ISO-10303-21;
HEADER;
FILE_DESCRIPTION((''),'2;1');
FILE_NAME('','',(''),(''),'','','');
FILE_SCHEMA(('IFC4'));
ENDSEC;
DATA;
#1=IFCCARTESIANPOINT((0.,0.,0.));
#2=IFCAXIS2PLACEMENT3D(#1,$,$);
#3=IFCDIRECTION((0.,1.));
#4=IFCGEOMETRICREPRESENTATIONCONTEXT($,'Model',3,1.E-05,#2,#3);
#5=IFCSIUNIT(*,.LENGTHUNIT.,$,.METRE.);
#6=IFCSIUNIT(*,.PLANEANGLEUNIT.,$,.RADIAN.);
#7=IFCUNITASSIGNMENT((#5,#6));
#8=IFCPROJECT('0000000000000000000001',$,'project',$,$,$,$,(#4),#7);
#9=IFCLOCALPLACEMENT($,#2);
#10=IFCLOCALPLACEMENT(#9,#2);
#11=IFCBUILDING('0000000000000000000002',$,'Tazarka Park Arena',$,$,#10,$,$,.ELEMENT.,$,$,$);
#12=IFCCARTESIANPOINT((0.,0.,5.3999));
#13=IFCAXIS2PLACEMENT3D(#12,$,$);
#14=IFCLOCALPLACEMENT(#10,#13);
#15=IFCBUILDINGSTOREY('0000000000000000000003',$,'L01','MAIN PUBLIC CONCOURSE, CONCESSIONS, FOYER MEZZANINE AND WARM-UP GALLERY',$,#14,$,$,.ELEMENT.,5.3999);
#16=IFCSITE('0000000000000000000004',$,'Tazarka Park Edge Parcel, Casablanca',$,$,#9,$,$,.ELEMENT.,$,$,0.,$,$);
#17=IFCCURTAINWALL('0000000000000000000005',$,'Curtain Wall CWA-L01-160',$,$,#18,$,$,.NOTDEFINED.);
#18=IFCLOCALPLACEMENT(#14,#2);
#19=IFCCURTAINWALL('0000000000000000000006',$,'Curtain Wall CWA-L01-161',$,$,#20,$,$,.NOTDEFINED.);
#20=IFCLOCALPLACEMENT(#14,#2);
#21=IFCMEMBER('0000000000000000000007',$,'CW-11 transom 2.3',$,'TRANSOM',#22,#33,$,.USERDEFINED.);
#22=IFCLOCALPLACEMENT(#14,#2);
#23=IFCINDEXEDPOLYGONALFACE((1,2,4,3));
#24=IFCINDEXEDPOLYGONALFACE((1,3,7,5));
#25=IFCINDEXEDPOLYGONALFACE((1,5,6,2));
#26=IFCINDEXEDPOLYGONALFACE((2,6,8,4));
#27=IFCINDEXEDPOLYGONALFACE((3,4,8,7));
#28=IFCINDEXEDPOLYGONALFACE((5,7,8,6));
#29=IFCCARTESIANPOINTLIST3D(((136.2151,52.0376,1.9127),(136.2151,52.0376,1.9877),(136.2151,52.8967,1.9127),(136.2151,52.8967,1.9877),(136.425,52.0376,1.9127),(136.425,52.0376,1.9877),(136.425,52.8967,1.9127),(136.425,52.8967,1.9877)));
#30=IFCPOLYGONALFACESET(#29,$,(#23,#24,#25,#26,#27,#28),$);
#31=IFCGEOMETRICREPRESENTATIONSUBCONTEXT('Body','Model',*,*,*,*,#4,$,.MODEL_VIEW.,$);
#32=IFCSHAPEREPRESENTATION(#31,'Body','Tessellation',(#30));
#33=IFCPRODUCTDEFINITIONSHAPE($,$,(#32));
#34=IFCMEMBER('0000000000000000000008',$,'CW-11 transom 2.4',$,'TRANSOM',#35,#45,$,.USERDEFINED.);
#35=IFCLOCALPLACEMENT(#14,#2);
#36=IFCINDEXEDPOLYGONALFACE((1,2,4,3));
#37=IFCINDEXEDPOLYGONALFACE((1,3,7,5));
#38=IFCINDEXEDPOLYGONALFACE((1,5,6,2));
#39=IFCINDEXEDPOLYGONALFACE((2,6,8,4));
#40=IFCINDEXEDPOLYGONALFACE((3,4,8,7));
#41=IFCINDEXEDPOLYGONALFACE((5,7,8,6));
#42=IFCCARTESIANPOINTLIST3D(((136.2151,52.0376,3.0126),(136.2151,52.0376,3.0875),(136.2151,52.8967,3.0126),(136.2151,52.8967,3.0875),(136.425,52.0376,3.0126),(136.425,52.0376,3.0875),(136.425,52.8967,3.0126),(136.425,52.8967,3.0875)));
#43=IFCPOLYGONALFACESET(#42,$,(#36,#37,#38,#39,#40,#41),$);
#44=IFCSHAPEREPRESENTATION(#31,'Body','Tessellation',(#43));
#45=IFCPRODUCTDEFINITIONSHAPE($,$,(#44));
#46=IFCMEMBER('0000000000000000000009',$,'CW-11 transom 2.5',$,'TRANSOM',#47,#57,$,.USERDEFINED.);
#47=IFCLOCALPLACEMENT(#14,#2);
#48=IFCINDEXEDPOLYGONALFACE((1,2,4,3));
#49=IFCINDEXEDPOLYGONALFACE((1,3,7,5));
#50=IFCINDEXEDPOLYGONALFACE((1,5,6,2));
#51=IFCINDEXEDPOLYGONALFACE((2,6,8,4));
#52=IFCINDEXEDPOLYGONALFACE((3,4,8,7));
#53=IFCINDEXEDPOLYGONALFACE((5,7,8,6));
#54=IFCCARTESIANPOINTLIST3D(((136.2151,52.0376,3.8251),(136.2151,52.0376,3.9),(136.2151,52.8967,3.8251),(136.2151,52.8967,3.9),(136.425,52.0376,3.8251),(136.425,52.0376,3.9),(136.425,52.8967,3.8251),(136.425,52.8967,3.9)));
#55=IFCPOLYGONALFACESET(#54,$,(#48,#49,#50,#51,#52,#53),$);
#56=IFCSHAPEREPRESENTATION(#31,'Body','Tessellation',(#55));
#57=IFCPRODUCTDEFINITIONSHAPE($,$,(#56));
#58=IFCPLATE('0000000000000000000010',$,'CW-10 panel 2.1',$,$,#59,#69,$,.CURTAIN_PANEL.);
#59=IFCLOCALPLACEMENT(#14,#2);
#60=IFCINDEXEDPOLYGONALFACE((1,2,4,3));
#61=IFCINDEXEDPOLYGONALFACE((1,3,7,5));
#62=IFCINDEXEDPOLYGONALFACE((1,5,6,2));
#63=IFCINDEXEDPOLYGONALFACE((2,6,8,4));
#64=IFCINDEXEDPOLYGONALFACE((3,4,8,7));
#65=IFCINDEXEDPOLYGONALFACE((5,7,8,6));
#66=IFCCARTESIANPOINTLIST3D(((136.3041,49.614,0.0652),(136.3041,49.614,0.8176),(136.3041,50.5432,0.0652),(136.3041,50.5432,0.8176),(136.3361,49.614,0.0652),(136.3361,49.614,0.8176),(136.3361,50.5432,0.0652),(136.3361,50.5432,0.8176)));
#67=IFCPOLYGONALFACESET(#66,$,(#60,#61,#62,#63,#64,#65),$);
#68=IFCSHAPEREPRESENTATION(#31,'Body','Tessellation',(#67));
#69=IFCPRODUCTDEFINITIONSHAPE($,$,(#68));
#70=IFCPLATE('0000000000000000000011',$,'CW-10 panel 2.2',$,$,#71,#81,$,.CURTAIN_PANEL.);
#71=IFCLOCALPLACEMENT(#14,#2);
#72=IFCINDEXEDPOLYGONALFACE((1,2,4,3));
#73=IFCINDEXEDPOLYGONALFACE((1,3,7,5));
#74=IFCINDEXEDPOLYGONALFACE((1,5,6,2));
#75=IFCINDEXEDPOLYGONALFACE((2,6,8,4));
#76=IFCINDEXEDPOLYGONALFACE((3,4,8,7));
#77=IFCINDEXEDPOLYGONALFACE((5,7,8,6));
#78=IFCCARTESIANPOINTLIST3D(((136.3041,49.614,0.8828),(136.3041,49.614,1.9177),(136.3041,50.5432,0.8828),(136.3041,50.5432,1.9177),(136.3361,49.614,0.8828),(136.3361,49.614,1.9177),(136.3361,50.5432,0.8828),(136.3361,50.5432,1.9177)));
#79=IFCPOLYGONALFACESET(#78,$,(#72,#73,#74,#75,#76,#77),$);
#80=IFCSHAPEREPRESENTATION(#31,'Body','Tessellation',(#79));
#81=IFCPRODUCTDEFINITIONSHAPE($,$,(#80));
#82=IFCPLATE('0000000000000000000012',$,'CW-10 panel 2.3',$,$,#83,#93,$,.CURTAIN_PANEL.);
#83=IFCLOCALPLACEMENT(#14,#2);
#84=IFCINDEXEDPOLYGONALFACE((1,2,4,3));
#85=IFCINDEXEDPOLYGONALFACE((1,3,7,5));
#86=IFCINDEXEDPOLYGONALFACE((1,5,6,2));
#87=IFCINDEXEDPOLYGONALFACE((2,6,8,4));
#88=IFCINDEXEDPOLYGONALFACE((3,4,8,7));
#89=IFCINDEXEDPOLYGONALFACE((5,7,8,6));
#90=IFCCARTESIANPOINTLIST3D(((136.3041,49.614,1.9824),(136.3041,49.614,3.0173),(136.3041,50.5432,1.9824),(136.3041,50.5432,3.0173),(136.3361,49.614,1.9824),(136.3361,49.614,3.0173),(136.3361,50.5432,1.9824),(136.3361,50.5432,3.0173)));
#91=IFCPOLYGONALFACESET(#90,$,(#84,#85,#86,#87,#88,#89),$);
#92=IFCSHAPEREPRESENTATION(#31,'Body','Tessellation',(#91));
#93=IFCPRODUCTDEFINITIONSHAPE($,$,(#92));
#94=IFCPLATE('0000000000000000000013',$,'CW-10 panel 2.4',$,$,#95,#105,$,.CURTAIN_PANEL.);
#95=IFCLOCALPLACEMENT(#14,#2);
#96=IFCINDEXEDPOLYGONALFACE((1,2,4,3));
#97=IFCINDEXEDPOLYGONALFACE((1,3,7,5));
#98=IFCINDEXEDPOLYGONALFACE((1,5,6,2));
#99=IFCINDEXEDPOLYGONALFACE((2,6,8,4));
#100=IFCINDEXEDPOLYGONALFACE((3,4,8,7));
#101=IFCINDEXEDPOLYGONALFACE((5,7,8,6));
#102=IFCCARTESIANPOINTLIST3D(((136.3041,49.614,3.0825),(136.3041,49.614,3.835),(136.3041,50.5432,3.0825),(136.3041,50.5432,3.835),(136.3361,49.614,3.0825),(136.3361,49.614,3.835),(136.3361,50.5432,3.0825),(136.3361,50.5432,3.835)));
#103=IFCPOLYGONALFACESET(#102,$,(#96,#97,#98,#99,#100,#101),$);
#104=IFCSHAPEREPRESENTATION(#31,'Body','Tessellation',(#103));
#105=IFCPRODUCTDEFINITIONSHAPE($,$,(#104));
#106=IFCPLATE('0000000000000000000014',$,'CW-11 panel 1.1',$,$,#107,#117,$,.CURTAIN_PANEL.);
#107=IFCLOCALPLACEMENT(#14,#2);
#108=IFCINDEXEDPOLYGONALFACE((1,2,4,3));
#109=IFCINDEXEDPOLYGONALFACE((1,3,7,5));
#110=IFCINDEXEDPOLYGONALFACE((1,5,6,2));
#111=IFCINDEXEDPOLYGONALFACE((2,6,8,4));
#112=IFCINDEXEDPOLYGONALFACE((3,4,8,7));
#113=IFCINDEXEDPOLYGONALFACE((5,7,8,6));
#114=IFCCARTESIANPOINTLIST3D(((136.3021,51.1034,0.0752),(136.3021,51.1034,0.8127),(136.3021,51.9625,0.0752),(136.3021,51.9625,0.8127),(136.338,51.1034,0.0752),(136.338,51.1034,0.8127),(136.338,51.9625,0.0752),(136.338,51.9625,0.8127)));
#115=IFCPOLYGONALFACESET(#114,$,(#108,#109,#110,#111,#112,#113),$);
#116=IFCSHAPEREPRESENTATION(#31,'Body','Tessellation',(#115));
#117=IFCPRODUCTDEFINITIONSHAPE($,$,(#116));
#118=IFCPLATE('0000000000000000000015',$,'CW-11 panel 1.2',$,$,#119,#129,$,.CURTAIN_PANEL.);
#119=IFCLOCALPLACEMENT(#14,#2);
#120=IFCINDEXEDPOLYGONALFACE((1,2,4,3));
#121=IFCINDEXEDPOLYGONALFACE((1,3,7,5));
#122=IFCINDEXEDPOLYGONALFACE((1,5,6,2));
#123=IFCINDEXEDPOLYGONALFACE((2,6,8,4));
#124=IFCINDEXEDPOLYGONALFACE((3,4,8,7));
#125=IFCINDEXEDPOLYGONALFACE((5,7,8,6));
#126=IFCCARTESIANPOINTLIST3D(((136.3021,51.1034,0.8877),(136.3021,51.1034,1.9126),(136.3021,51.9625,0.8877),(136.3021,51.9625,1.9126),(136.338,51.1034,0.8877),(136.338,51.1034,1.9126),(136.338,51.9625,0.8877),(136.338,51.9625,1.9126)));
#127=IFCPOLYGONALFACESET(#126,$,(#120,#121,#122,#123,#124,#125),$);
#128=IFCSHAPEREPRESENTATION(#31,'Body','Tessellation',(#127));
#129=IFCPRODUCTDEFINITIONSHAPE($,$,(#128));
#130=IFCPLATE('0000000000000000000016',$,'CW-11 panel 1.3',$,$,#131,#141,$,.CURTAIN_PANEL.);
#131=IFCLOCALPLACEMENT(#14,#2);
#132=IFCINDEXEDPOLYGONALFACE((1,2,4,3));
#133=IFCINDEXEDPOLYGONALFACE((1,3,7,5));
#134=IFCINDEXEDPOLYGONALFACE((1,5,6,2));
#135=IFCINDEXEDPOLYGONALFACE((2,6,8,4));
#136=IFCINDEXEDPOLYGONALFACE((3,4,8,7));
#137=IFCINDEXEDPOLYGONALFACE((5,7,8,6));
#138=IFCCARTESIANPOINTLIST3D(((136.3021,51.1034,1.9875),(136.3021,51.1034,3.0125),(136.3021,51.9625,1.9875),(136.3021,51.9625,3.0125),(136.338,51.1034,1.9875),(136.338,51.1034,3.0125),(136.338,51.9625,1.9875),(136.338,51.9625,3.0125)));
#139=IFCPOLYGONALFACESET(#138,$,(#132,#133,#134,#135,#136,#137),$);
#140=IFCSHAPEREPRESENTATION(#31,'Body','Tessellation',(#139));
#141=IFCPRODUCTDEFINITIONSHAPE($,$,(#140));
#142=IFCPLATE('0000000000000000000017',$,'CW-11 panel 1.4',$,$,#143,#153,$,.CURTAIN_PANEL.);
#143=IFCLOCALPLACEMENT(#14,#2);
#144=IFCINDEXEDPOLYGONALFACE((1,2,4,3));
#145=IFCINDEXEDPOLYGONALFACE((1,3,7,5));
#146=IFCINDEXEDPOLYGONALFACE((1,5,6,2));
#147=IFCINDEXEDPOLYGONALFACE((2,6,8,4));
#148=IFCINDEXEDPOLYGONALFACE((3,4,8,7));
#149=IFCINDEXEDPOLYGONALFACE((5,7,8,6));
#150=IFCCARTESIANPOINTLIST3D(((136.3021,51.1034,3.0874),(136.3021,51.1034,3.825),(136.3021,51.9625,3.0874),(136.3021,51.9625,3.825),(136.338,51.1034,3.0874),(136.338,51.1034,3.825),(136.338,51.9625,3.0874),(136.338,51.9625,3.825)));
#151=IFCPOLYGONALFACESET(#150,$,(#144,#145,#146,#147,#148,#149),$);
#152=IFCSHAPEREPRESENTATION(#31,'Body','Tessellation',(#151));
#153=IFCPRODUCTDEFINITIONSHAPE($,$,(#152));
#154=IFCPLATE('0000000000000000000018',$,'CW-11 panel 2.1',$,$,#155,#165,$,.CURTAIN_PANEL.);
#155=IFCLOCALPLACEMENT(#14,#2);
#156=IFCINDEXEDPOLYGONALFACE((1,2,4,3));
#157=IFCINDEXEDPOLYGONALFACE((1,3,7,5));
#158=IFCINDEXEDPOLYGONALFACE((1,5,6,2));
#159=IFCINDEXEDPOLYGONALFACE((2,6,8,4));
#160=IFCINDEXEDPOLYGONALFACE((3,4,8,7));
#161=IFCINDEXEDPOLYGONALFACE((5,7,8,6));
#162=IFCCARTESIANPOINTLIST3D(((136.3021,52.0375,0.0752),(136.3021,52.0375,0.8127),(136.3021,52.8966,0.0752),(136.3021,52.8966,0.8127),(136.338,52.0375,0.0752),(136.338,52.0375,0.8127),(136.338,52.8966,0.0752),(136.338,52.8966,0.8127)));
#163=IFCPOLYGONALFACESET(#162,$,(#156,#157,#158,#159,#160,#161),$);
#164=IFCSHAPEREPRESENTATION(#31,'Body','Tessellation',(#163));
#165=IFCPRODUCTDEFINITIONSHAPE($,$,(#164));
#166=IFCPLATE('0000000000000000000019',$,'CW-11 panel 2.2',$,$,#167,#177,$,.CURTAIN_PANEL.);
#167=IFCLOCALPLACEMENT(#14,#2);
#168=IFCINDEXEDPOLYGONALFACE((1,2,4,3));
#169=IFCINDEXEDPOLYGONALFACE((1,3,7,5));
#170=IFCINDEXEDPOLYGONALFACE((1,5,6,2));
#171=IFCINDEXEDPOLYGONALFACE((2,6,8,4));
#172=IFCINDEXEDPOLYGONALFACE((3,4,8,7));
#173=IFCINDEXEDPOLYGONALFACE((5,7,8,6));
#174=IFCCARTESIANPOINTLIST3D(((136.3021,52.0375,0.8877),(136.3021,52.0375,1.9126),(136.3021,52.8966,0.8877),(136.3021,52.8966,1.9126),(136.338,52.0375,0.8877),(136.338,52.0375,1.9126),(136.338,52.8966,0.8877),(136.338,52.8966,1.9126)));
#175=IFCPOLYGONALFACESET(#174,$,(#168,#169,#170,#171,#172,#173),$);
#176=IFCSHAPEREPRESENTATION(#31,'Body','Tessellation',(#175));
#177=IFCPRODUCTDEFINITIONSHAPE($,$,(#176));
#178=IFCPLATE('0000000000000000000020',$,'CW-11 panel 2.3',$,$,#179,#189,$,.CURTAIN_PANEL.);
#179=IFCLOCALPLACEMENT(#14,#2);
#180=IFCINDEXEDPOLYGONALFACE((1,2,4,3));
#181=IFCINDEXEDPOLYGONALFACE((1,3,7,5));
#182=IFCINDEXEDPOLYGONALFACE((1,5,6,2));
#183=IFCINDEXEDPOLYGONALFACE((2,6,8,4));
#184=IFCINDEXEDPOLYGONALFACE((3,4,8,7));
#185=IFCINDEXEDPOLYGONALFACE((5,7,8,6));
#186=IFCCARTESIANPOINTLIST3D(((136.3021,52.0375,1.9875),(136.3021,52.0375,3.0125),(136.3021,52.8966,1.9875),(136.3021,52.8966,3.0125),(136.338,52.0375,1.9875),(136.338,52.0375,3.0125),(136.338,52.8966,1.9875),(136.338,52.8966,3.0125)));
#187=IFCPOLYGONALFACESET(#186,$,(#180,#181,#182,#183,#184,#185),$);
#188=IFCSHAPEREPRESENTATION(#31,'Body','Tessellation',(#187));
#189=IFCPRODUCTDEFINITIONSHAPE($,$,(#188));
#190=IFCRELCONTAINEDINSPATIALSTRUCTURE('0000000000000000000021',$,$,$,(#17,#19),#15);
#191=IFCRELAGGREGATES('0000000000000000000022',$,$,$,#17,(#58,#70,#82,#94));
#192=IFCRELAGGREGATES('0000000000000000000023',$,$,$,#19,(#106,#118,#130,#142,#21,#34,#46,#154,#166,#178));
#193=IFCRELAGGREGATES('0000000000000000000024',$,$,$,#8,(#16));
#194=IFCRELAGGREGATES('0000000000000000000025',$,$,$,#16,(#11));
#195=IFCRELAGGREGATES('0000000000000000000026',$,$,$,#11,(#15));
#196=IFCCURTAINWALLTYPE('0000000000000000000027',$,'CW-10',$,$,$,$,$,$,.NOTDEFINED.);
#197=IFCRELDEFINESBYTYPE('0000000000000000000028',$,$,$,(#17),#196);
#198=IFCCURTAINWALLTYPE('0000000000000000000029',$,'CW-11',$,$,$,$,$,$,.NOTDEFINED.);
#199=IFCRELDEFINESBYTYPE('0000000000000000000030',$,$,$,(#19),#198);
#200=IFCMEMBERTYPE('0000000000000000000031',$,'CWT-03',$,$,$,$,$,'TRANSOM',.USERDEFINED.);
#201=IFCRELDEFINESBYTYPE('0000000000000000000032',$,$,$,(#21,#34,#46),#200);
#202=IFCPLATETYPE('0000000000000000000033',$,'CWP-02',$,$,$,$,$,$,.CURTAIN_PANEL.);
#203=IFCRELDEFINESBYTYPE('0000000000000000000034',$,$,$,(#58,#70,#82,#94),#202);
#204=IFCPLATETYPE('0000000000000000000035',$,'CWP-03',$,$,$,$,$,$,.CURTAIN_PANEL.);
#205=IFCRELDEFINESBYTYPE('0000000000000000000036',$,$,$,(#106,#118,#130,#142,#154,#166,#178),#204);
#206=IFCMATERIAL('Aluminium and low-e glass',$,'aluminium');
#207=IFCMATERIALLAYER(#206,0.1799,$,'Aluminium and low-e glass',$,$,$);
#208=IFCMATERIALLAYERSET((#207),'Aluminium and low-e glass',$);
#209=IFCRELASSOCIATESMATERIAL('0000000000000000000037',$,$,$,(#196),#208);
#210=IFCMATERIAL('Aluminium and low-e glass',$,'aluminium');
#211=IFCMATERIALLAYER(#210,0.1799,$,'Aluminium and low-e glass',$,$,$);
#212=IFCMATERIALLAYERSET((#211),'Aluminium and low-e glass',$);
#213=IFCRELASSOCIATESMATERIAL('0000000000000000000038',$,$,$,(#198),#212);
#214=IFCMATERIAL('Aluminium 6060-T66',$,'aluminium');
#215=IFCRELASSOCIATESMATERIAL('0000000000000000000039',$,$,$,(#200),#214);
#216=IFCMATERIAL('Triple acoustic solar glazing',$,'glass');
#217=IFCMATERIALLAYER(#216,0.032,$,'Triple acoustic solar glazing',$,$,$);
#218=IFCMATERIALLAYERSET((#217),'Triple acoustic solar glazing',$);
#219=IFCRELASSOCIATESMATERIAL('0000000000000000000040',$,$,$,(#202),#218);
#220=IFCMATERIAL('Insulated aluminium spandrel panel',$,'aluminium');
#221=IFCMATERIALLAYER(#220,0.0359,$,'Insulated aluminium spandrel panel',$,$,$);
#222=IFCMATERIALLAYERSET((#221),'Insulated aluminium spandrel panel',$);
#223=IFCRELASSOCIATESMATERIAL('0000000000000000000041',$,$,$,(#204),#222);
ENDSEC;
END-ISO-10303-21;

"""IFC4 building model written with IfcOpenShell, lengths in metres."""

from ifc_helpers import new_model, si_unit, direction, frame, origin, origin_2d, place, context, subcontext, project, spatial, rectangle, extrude, material, layer, layer_set, material_profile, profile_set, type_object, element, aggregate, save


model = new_model("IFC4")

# Units and contexts
model_context = context("Model", 3, precision=1e-05, world=origin(), true_north=direction((0.0, 1.0)))
body_context = subcontext(model_context, "Body", "Model", "MODEL_VIEW")
ifc_project = project(units=[si_unit("LENGTHUNIT", "METRE"), si_unit("PLANEANGLEUNIT", "RADIAN")], contexts=[model_context])

# Site, building, storey
site_placement = place(None, origin())
site = spatial("IfcSite", under=ifc_project, at=site_placement, Name="Tazarka Park Edge Parcel, Casablanca", CompositionType="ELEMENT", RefElevation=0.0)
building_placement = place(site_placement, origin())
building = spatial("IfcBuilding", under=site, at=building_placement, Name="Tazarka Park Arena", CompositionType="ELEMENT")
storey_placement = place(building_placement, frame((0.0, 0.0, 5.3999)))
storey = spatial("IfcBuildingStorey", under=building, at=storey_placement, Name="L01", Description="MAIN PUBLIC CONCOURSE, CONCESSIONS, FOYER MEZZANINE AND WARM-UP GALLERY", CompositionType="ELEMENT", Elevation=5.3999)

# Curtain wall
ifc_material_1 = material(Name="Aluminium and low-e glass", Category="aluminium")
ifc_layer_1 = layer(ifc_material_1, 0.1799, Name="Aluminium and low-e glass")
ifc_layer_set_1 = layer_set([ifc_layer_1], Name="Aluminium and low-e glass")
curtain_wall_type_1 = type_object("IfcCurtainWallType", Name="CW-10", PredefinedType="NOTDEFINED", material=ifc_layer_set_1)
curtain_wall_1_placement = place(storey_placement, origin())
curtain_wall_1 = element("IfcCurtainWall", 1, at=curtain_wall_1_placement, inside=storey, type_object=curtain_wall_type_1, Name="Curtain Wall CWA-L01-160", PredefinedType="NOTDEFINED")

# Curtain wall, members
ifc_material_2 = material(Name="Aluminium and low-e glass", Category="aluminium")
ifc_layer_2 = layer(ifc_material_2, 0.1799, Name="Aluminium and low-e glass")
ifc_layer_set_2 = layer_set([ifc_layer_2], Name="Aluminium and low-e glass")
curtain_wall_type_2 = type_object("IfcCurtainWallType", Name="CW-11", PredefinedType="NOTDEFINED", material=ifc_layer_set_2)
curtain_wall_2_placement = place(storey_placement, origin())
curtain_wall_2 = element("IfcCurtainWall", 2, at=curtain_wall_2_placement, inside=storey, type_object=curtain_wall_type_2, Name="Curtain Wall CWA-L01-161", PredefinedType="NOTDEFINED")
ifc_material_3 = material(Name="Aluminium 6060-T66", Category="aluminium")
ifc_material_profile_1 = material_profile(ifc_material_3, rectangle(XDim=0.21, YDim=0.075, at=origin_2d()), Name="Aluminium 6060-T66")
ifc_profile_set_1 = profile_set([ifc_material_profile_1], Name="Aluminium 6060-T66")
member_type_1 = type_object("IfcMemberType", Name="CWT-03", ElementType="TRANSOM", PredefinedType="USERDEFINED", material=ifc_profile_set_1)
member_1_placement = place(storey_placement, frame((136.3201, 52.0376, 1.9502), z_axis=(0.0, 1.0, 0.0), x_axis=(-1.0, 0.0, 0.0)))
member_1 = element("IfcMember", 3, at=member_1_placement, type_object=member_type_1, Name="CW-11 transom 2.3", ObjectType="TRANSOM", PredefinedType="USERDEFINED", context=body_context, shape_type="SweptSolid", body=[
    extrude(rectangle(XDim=0.21, YDim=0.075, at=origin_2d()), origin(), (0.0, 0.0, 1.0), 0.8591),
])
member_2_placement = place(storey_placement, frame((136.3201, 52.0376, 3.05), z_axis=(0.0, 1.0, 0.0), x_axis=(-1.0, 0.0, 0.0)))
member_2 = element("IfcMember", 4, at=member_2_placement, type_object=member_type_1, Name="CW-11 transom 2.4", ObjectType="TRANSOM", PredefinedType="USERDEFINED", context=body_context, shape_type="SweptSolid", body=[
    extrude(rectangle(XDim=0.21, YDim=0.075, at=origin_2d()), origin(), (0.0, 0.0, 1.0), 0.8591),
])
member_3_placement = place(storey_placement, frame((136.3201, 52.0376, 3.8625), z_axis=(0.0, 1.0, 0.0), x_axis=(-1.0, 0.0, 0.0)))
member_3 = element("IfcMember", 5, at=member_3_placement, type_object=member_type_1, Name="CW-11 transom 2.5", ObjectType="TRANSOM", PredefinedType="USERDEFINED", context=body_context, shape_type="SweptSolid", body=[
    extrude(rectangle(XDim=0.21, YDim=0.075, at=origin_2d()), origin(), (0.0, 0.0, 1.0), 0.8591),
])

# Plates
ifc_material_4 = material(Name="Triple acoustic solar glazing", Category="glass")
ifc_layer_3 = layer(ifc_material_4, 0.032, Name="Triple acoustic solar glazing")
ifc_layer_set_3 = layer_set([ifc_layer_3], Name="Triple acoustic solar glazing")
plate_type_1 = type_object("IfcPlateType", Name="CWP-02", PredefinedType="CURTAIN_PANEL", material=ifc_layer_set_3)
plate_1_placement = place(storey_placement, frame((136.3201, 50.0786, 0.0652), z_axis=(0.0, 0.0, 1.0), x_axis=(0.0, 1.0, 0.0)))
plate_1 = element("IfcPlate", 6, at=plate_1_placement, type_object=plate_type_1, Name="CW-10 panel 2.1", PredefinedType="CURTAIN_PANEL", context=body_context, shape_type="SweptSolid", body=[
    extrude(rectangle(XDim=0.9292, YDim=0.032, at=origin_2d()), origin(), (0.0, 0.0, 1.0), 0.7524),
])
plate_2_placement = place(storey_placement, frame((136.3201, 50.0786, 0.8828), z_axis=(0.0, 0.0, 1.0), x_axis=(0.0, 1.0, 0.0)))
plate_2 = element("IfcPlate", 7, at=plate_2_placement, type_object=plate_type_1, Name="CW-10 panel 2.2", PredefinedType="CURTAIN_PANEL", context=body_context, shape_type="SweptSolid", body=[
    extrude(rectangle(XDim=0.9292, YDim=0.032, at=origin_2d()), origin(), (0.0, 0.0, 1.0), 1.0349),
])
plate_3_placement = place(storey_placement, frame((136.3201, 50.0786, 1.9824), z_axis=(0.0, 0.0, 1.0), x_axis=(0.0, 1.0, 0.0)))
plate_3 = element("IfcPlate", 8, at=plate_3_placement, type_object=plate_type_1, Name="CW-10 panel 2.3", PredefinedType="CURTAIN_PANEL", context=body_context, shape_type="SweptSolid", body=[
    extrude(rectangle(XDim=0.9292, YDim=0.032, at=origin_2d()), origin(), (0.0, 0.0, 1.0), 1.0349),
])
plate_4_placement = place(storey_placement, frame((136.3201, 50.0786, 3.0825), z_axis=(0.0, 0.0, 1.0), x_axis=(0.0, 1.0, 0.0)))
plate_4 = element("IfcPlate", 9, at=plate_4_placement, type_object=plate_type_1, Name="CW-10 panel 2.4", PredefinedType="CURTAIN_PANEL", context=body_context, shape_type="SweptSolid", body=[
    extrude(rectangle(XDim=0.9292, YDim=0.032, at=origin_2d()), origin(), (0.0, 0.0, 1.0), 0.7524),
])
aggregate(curtain_wall_1, [plate_1, plate_2, plate_3, plate_4])
ifc_material_5 = material(Name="Insulated aluminium spandrel panel", Category="aluminium")
ifc_layer_4 = layer(ifc_material_5, 0.0359, Name="Insulated aluminium spandrel panel")
ifc_layer_set_4 = layer_set([ifc_layer_4], Name="Insulated aluminium spandrel panel")
plate_type_2 = type_object("IfcPlateType", Name="CWP-03", PredefinedType="CURTAIN_PANEL", material=ifc_layer_set_4)
plate_5_placement = place(storey_placement, frame((136.3201, 51.533, 0.0752), z_axis=(0.0, 0.0, 1.0), x_axis=(0.0, 1.0, 0.0)))
plate_5 = element("IfcPlate", 10, at=plate_5_placement, type_object=plate_type_2, Name="CW-11 panel 1.1", PredefinedType="CURTAIN_PANEL", context=body_context, shape_type="SweptSolid", body=[
    extrude(rectangle(XDim=0.8591, YDim=0.0359, at=origin_2d()), origin(), (0.0, 0.0, 1.0), 0.7375),
])
plate_6_placement = place(storey_placement, frame((136.3201, 51.533, 0.8877), z_axis=(0.0, 0.0, 1.0), x_axis=(0.0, 1.0, 0.0)))
plate_6 = element("IfcPlate", 11, at=plate_6_placement, type_object=plate_type_2, Name="CW-11 panel 1.2", PredefinedType="CURTAIN_PANEL", context=body_context, shape_type="SweptSolid", body=[
    extrude(rectangle(XDim=0.8591, YDim=0.0359, at=origin_2d()), origin(), (0.0, 0.0, 1.0), 1.0249),
])
plate_7_placement = place(storey_placement, frame((136.3201, 51.533, 1.9875), z_axis=(0.0, 0.0, 1.0), x_axis=(0.0, 1.0, 0.0)))
plate_7 = element("IfcPlate", 12, at=plate_7_placement, type_object=plate_type_2, Name="CW-11 panel 1.3", PredefinedType="CURTAIN_PANEL", context=body_context, shape_type="SweptSolid", body=[
    extrude(rectangle(XDim=0.8591, YDim=0.0359, at=origin_2d()), origin(), (0.0, 0.0, 1.0), 1.0249),
])
plate_8_placement = place(storey_placement, frame((136.3201, 51.533, 3.0874), z_axis=(0.0, 0.0, 1.0), x_axis=(0.0, 1.0, 0.0)))
plate_8 = element("IfcPlate", 13, at=plate_8_placement, type_object=plate_type_2, Name="CW-11 panel 1.4", PredefinedType="CURTAIN_PANEL", context=body_context, shape_type="SweptSolid", body=[
    extrude(rectangle(XDim=0.8591, YDim=0.0359, at=origin_2d()), origin(), (0.0, 0.0, 1.0), 0.7375),
])
plate_9_placement = place(storey_placement, frame((136.3201, 52.467, 0.0752), z_axis=(0.0, 0.0, 1.0), x_axis=(0.0, 1.0, 0.0)))
plate_9 = element("IfcPlate", 14, at=plate_9_placement, type_object=plate_type_2, Name="CW-11 panel 2.1", PredefinedType="CURTAIN_PANEL", context=body_context, shape_type="SweptSolid", body=[
    extrude(rectangle(XDim=0.8591, YDim=0.0359, at=origin_2d()), origin(), (0.0, 0.0, 1.0), 0.7375),
])
plate_10_placement = place(storey_placement, frame((136.3201, 52.467, 0.8877), z_axis=(0.0, 0.0, 1.0), x_axis=(0.0, 1.0, 0.0)))
plate_10 = element("IfcPlate", 15, at=plate_10_placement, type_object=plate_type_2, Name="CW-11 panel 2.2", PredefinedType="CURTAIN_PANEL", context=body_context, shape_type="SweptSolid", body=[
    extrude(rectangle(XDim=0.8591, YDim=0.0359, at=origin_2d()), origin(), (0.0, 0.0, 1.0), 1.0249),
])
plate_11_placement = place(storey_placement, frame((136.3201, 52.467, 1.9875), z_axis=(0.0, 0.0, 1.0), x_axis=(0.0, 1.0, 0.0)))
plate_11 = element("IfcPlate", 16, at=plate_11_placement, type_object=plate_type_2, Name="CW-11 panel 2.3", PredefinedType="CURTAIN_PANEL", context=body_context, shape_type="SweptSolid", body=[
    extrude(rectangle(XDim=0.8591, YDim=0.0359, at=origin_2d()), origin(), (0.0, 0.0, 1.0), 1.0249),
])
aggregate(curtain_wall_2, [plate_5, plate_6, plate_7, plate_8, member_1, member_2, member_3, plate_9, plate_10, plate_11])

save(model, "model.ifc")
